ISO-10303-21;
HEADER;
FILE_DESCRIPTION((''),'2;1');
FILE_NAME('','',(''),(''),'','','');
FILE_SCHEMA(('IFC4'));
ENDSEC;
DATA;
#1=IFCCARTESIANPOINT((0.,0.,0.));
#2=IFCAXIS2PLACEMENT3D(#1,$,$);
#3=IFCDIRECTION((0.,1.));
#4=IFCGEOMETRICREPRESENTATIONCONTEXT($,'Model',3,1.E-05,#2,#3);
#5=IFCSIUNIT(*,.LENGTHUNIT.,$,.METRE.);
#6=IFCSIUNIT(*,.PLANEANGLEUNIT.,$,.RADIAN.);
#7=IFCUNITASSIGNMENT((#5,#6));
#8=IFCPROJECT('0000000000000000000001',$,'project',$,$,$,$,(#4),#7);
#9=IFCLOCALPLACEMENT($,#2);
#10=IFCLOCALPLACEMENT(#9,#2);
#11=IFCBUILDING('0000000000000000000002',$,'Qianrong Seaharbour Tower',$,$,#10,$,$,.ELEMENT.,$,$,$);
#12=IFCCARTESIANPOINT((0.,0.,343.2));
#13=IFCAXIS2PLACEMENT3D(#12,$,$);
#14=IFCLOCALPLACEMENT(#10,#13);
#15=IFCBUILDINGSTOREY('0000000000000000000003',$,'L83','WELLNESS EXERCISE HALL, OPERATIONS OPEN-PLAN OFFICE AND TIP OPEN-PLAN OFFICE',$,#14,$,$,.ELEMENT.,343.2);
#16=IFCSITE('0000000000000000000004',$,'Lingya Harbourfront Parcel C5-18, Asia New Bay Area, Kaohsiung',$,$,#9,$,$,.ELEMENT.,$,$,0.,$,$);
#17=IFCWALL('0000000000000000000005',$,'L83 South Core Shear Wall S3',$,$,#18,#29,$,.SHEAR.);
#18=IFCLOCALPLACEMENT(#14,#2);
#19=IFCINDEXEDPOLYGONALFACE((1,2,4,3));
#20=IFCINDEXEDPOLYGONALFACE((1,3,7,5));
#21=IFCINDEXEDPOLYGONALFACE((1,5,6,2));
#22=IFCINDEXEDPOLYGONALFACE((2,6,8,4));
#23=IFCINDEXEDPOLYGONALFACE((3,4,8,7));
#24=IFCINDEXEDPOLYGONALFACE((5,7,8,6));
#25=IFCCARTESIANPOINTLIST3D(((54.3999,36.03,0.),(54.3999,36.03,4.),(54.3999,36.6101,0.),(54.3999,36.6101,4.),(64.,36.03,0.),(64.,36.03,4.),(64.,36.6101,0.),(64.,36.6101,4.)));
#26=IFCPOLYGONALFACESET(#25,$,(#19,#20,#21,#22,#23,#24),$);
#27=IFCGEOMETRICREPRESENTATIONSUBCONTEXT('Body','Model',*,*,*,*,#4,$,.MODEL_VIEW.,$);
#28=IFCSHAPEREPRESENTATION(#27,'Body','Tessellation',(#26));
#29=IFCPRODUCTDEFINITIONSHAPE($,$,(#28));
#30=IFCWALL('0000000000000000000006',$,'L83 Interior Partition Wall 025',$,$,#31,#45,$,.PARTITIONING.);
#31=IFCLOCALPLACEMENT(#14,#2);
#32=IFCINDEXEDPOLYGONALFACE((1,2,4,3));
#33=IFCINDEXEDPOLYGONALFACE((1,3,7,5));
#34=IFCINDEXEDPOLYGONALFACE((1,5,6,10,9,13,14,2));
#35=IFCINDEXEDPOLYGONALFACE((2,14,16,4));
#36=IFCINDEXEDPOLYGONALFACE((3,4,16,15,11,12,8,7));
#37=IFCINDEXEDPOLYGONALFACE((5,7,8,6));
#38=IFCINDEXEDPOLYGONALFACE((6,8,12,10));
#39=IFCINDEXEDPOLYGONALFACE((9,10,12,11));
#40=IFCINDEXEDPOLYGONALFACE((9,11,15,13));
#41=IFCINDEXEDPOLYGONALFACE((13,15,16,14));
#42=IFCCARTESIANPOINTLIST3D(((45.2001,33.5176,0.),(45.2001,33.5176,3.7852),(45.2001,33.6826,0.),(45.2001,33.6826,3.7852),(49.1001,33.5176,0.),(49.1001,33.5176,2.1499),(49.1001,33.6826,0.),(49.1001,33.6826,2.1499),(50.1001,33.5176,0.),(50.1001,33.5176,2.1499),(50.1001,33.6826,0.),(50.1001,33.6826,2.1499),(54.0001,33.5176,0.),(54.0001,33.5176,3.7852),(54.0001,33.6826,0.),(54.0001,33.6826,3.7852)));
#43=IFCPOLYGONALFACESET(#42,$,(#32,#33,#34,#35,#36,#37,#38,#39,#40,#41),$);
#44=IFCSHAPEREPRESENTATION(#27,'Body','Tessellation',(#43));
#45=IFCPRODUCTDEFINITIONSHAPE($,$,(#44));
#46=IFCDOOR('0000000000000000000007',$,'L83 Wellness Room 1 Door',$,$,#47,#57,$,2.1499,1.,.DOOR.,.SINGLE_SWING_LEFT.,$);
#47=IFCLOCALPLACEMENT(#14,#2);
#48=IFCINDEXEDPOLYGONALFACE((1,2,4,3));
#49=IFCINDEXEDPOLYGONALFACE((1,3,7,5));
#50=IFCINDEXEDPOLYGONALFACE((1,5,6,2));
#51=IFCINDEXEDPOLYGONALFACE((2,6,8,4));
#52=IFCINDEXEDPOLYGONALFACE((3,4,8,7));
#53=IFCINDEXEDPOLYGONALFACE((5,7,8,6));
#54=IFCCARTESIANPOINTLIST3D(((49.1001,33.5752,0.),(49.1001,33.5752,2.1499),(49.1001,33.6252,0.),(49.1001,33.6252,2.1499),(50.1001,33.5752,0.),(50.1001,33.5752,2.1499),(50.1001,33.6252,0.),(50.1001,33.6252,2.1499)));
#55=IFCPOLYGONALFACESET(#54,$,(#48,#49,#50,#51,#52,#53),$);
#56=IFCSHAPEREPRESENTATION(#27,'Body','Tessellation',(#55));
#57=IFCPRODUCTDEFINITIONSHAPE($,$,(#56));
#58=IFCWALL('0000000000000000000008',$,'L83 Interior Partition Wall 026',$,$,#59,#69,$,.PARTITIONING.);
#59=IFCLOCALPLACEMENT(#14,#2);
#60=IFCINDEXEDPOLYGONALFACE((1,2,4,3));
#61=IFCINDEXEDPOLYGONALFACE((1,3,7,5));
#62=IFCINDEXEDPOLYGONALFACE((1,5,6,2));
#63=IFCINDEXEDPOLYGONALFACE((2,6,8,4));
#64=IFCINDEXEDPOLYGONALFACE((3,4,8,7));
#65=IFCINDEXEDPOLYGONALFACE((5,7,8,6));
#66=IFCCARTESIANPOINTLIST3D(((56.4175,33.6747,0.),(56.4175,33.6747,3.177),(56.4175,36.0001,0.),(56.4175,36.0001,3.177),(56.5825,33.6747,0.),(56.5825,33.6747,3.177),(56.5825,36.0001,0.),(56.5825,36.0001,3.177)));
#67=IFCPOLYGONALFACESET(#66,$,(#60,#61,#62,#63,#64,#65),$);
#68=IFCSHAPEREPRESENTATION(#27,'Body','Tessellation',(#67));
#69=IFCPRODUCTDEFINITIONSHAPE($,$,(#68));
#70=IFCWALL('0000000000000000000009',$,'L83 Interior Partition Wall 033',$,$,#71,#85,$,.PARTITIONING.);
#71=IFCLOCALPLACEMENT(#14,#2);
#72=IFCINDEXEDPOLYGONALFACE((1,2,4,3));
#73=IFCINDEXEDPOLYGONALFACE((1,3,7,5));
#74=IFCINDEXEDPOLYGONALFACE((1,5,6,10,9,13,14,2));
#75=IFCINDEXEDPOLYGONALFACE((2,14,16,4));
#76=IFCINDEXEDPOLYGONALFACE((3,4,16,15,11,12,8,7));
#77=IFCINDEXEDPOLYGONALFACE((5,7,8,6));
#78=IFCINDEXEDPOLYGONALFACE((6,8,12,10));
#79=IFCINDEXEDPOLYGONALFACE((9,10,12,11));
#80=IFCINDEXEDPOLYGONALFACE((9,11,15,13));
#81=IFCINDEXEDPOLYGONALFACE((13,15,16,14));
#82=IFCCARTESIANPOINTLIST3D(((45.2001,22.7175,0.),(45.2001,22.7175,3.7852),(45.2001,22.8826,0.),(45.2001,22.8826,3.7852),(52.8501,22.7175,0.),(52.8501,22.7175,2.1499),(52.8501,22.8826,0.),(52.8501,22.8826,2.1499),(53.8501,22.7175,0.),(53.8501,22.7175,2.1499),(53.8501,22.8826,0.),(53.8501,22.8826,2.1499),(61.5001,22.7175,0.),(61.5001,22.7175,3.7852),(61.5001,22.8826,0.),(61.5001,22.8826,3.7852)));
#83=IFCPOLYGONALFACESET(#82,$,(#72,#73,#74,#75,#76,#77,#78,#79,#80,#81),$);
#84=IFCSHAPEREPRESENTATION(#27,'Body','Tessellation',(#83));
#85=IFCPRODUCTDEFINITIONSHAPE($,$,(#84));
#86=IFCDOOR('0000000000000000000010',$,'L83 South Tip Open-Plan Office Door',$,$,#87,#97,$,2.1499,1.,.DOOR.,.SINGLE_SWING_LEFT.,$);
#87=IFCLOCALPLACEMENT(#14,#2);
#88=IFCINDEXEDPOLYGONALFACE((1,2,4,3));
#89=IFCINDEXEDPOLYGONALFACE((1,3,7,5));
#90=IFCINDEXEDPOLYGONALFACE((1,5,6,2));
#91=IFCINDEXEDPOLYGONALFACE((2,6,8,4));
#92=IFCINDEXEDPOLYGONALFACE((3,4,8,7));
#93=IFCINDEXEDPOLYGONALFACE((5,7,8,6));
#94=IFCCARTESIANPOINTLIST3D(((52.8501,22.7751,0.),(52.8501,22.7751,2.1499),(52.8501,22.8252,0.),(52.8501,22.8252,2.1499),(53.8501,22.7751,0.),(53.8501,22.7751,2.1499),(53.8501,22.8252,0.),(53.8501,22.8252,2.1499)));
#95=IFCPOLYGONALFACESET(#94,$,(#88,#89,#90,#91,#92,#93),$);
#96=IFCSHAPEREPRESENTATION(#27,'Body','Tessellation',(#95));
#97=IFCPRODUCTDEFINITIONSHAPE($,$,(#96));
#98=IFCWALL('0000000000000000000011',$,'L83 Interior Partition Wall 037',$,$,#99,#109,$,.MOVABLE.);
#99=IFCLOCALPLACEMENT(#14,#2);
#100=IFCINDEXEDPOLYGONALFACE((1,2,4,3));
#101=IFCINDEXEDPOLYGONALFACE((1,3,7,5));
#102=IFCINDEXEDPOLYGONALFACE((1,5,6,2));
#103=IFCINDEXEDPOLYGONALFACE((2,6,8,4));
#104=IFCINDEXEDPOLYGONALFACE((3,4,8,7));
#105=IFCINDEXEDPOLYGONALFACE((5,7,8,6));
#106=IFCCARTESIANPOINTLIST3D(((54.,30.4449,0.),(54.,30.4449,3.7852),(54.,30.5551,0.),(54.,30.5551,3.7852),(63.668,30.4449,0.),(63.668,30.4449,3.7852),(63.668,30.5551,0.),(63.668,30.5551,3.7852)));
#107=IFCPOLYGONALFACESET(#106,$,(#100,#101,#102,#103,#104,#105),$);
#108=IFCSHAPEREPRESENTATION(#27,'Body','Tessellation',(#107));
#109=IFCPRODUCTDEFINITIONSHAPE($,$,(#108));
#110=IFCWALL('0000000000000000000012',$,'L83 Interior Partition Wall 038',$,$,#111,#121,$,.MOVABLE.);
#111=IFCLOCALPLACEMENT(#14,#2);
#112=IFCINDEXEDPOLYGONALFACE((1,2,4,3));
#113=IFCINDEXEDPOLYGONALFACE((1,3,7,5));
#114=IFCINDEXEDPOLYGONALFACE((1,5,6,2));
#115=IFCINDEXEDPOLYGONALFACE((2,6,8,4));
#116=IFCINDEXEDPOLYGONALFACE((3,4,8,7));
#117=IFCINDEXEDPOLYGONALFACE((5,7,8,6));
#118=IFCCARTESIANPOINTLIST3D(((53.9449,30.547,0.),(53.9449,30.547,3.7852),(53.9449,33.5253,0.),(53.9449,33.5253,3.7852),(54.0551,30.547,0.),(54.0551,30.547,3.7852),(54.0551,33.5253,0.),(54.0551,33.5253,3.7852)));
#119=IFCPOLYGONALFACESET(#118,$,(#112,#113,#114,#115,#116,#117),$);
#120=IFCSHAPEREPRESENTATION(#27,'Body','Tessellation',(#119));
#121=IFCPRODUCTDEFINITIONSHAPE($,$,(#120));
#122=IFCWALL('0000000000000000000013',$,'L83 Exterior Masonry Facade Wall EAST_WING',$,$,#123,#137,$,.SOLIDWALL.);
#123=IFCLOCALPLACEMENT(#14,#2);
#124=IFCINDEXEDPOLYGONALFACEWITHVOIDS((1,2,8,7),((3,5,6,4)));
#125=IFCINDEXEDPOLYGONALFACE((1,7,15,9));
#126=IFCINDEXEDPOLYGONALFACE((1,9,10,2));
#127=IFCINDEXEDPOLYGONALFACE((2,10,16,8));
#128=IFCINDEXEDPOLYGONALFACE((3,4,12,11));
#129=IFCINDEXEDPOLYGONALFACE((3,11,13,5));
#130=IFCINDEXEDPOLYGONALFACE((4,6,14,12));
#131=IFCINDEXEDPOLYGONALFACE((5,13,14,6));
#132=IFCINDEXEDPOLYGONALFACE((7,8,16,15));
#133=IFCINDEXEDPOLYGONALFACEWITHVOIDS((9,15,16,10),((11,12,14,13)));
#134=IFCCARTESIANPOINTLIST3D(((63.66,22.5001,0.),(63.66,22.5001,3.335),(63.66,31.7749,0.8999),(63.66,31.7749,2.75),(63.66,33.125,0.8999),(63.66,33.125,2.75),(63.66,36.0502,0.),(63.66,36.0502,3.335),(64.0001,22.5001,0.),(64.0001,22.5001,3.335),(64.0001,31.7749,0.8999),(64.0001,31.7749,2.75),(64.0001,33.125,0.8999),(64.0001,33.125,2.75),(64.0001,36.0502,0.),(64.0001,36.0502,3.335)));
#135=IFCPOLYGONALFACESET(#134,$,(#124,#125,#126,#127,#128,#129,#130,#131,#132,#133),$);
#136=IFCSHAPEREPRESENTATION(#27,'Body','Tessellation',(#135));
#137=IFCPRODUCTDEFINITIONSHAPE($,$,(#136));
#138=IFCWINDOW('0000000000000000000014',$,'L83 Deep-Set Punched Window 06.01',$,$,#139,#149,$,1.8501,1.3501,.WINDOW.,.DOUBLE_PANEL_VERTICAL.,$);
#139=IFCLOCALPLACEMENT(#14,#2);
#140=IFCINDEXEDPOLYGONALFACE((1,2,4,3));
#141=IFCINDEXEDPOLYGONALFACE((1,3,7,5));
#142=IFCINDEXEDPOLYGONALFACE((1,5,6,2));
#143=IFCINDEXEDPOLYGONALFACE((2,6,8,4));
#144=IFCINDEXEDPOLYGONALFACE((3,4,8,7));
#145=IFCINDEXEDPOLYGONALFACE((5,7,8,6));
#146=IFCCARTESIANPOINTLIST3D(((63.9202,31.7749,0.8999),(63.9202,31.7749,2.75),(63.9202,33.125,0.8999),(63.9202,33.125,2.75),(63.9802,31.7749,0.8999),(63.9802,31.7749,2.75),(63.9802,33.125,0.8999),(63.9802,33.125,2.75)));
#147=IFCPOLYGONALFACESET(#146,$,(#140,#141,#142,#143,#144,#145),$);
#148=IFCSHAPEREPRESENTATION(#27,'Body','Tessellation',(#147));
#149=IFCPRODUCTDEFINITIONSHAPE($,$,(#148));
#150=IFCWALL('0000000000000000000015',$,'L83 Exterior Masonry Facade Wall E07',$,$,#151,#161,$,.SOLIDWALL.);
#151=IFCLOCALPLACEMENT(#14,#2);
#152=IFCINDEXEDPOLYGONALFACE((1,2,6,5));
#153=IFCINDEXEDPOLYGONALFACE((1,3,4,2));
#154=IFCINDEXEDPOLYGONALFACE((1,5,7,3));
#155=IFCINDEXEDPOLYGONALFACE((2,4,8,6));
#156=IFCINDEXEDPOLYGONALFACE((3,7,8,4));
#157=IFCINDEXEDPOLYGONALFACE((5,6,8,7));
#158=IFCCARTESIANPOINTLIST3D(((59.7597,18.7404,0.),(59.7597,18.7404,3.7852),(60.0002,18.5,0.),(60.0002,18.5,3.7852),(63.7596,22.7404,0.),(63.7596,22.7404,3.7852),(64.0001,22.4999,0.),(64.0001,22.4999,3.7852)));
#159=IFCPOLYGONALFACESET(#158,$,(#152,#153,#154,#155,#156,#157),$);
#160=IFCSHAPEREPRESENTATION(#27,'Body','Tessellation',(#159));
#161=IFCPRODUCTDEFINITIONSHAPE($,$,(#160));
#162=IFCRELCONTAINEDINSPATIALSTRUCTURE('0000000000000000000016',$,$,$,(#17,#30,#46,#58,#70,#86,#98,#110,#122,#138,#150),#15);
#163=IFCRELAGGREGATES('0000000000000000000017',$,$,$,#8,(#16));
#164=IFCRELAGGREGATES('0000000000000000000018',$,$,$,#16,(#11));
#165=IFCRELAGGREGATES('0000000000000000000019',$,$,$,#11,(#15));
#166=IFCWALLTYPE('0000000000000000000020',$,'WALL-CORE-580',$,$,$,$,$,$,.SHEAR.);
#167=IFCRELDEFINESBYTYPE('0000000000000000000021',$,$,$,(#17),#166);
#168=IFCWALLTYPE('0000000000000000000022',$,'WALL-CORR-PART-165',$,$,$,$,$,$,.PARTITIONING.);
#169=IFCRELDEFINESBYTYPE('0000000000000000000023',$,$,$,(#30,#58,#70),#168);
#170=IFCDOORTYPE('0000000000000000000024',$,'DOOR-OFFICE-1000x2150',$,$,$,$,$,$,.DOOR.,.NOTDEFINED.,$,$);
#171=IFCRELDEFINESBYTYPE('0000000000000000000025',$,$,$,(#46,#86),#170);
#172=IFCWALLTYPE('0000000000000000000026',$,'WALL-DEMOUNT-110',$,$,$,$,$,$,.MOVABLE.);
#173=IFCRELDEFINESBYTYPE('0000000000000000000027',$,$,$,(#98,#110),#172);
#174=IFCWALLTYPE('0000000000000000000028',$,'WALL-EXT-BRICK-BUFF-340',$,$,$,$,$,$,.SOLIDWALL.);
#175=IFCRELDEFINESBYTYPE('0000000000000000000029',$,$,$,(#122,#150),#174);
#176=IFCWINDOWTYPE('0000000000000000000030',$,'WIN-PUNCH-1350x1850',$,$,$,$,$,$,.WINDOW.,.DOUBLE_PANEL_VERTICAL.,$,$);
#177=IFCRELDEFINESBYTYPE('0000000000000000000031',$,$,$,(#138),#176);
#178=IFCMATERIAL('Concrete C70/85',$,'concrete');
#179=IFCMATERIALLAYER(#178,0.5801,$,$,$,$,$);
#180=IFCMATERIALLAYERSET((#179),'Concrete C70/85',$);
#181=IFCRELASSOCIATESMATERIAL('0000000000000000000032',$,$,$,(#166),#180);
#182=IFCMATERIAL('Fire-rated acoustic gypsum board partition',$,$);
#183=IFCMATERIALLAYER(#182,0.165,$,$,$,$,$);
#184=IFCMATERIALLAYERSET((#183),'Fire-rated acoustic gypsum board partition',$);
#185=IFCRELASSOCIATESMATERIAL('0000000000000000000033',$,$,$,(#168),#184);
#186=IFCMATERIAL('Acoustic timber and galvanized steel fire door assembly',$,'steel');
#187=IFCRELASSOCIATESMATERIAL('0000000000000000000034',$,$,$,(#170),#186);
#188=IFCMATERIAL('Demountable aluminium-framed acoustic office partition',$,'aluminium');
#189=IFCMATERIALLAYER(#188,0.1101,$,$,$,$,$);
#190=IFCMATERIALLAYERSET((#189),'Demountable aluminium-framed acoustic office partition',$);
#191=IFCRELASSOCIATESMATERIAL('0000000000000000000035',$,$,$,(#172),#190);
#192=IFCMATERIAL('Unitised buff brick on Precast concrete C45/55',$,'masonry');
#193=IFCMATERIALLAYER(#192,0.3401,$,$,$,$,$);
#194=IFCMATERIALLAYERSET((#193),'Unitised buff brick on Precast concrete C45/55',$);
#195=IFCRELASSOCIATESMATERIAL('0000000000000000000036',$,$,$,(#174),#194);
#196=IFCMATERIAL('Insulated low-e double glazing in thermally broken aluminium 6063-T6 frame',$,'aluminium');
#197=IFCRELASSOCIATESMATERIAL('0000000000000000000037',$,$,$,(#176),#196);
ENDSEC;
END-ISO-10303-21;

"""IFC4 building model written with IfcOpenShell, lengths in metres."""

from ifc_helpers import new_model, si_unit, direction, frame, frame_2d, origin, place, context, subcontext, project, spatial, rectangle, extrude, material, layer, layer_set, type_object, element, fill, save


model = new_model("IFC4")

# Units and contexts
model_context = context("Model", 3, precision=1e-05, world=origin(), true_north=direction((0.0, 1.0)))
body_context = subcontext(model_context, "Body", "Model", "MODEL_VIEW")
ifc_project = project(units=[si_unit("LENGTHUNIT", "METRE"), si_unit("PLANEANGLEUNIT", "RADIAN")], contexts=[model_context])

# Site, building, storey
site_placement = place(None, origin())
site = spatial("IfcSite", under=ifc_project, at=site_placement, Name="Lingya Harbourfront Parcel C5-18, Asia New Bay Area, Kaohsiung", CompositionType="ELEMENT", RefElevation=0.0)
building_placement = place(site_placement, origin())
building = spatial("IfcBuilding", under=site, at=building_placement, Name="Qianrong Seaharbour Tower", CompositionType="ELEMENT")
storey_placement = place(building_placement, frame((0.0, 0.0, 343.2)))
storey = spatial("IfcBuildingStorey", under=building, at=storey_placement, Name="L83", Description="WELLNESS EXERCISE HALL, OPERATIONS OPEN-PLAN OFFICE AND TIP OPEN-PLAN OFFICE", CompositionType="ELEMENT", Elevation=343.2)

# Wall
ifc_material_1 = material(Name="Concrete C70/85", Category="concrete")
ifc_layer_1 = layer(ifc_material_1, 0.5801)
ifc_layer_set_1 = layer_set([ifc_layer_1], Name="Concrete C70/85")
wall_type_1 = type_object("IfcWallType", Name="WALL-CORE-580", PredefinedType="SHEAR", material=ifc_layer_set_1)
wall_1_placement = place(storey_placement, frame((54.3999, 36.3201, 0.0), z_axis=(0.0, 0.0, 1.0), x_axis=(1.0, 0.0, 0.0)))
element("IfcWall", 1, at=wall_1_placement, inside=storey, type_object=wall_type_1, Name="L83 South Core Shear Wall S3", PredefinedType="SHEAR", context=body_context, shape_type="SweptSolid", body=[
    extrude(rectangle(XDim=9.6001, YDim=0.5801, at=frame_2d((4.8, 0.0))), origin(), (0.0, 0.0, 1.0), 4.0),
])

# Wall, opening, door
ifc_material_2 = material(Name="Fire-rated acoustic gypsum board partition")
ifc_layer_2 = layer(ifc_material_2, 0.165)
ifc_layer_set_2 = layer_set([ifc_layer_2], Name="Fire-rated acoustic gypsum board partition")
wall_type_2 = type_object("IfcWallType", Name="WALL-CORR-PART-165", PredefinedType="PARTITIONING", material=ifc_layer_set_2)
wall_2_placement = place(storey_placement, frame((54.0, 33.6001, 0.0), z_axis=(0.0, 0.0, 1.0), x_axis=(-1.0, 0.0, 0.0)))
wall_2 = element("IfcWall", 2, at=wall_2_placement, inside=storey, type_object=wall_type_2, Name="L83 Interior Partition Wall 025", PredefinedType="PARTITIONING", context=body_context, shape_type="SweptSolid", body=[
    extrude(rectangle(XDim=8.8, YDim=0.165, at=frame_2d((4.3999, 0.0))), origin(), (0.0, 0.0, 1.0), 3.7852),
])
opening_1_placement = place(wall_2_placement, frame((3.8999, 0.0, 0.0)))
opening_1 = element("IfcOpeningElement", 3, at=opening_1_placement, cuts=wall_2, PredefinedType="OPENING", context=body_context, shape_type="SweptSolid", body=[
    extrude(rectangle(XDim=1.0, YDim=2.1499, at=frame_2d((0.5, 1.075))), frame((0.0, 0.0925, 0.0), z_axis=(0.0, -1.0, 0.0), x_axis=(1.0, 0.0, 0.0)), (0.0, 0.0, 1.0), 0.1851),
])
ifc_material_3 = material(Name="Acoustic timber and galvanized steel fire door assembly", Category="steel")
door_type = type_object("IfcDoorType", Name="DOOR-OFFICE-1000x2150", OperationType="NOTDEFINED", PredefinedType="DOOR", material=ifc_material_3)
door_1_placement = place(opening_1_placement, origin())
door_1 = element("IfcDoor", 4, at=door_1_placement, inside=storey, type_object=door_type, Name="L83 Wellness Room 1 Door", OperationType="SINGLE_SWING_LEFT", OverallHeight=2.1499, OverallWidth=1.0, PredefinedType="DOOR", context=body_context, shape_type="SweptSolid", body=[
    extrude(rectangle(XDim=1.0, YDim=2.1499, at=frame_2d((0.5, 1.075))), frame((0.0, 0.0249, 0.0), z_axis=(0.0, -1.0, 0.0), x_axis=(1.0, 0.0, 0.0)), (0.0, 0.0, 1.0), 0.05),
])
fill(opening_1, door_1)

# Wall
wall_3_placement = place(storey_placement, frame((56.5, 36.0, 0.0), z_axis=(0.0, 0.0, 1.0), x_axis=(0.0, -1.0, 0.0)))
element("IfcWall", 5, at=wall_3_placement, inside=storey, type_object=wall_type_2, Name="L83 Interior Partition Wall 026", PredefinedType="PARTITIONING", context=body_context, shape_type="SweptSolid", body=[
    extrude(rectangle(XDim=2.3254, YDim=0.165, at=frame_2d((1.1626, 0.0))), origin(), (0.0, 0.0, 1.0), 3.177),
])

# Wall, opening, door
wall_4_placement = place(storey_placement, frame((61.5, 22.8, 0.0), z_axis=(0.0, 0.0, 1.0), x_axis=(-1.0, 0.0, 0.0)))
wall_4 = element("IfcWall", 6, at=wall_4_placement, inside=storey, type_object=wall_type_2, Name="L83 Interior Partition Wall 033", PredefinedType="PARTITIONING", context=body_context, shape_type="SweptSolid", body=[
    extrude(rectangle(XDim=16.3, YDim=0.165, at=frame_2d((8.1499, 0.0))), origin(), (0.0, 0.0, 1.0), 3.7852),
])
opening_2_placement = place(wall_4_placement, frame((7.6499, 0.0, 0.0)))
opening_2 = element("IfcOpeningElement", 7, at=opening_2_placement, cuts=wall_4, PredefinedType="OPENING", context=body_context, shape_type="SweptSolid", body=[
    extrude(rectangle(XDim=1.0, YDim=2.1499, at=frame_2d((0.5, 1.075))), frame((0.0, 0.0925, 0.0), z_axis=(0.0, -1.0, 0.0), x_axis=(1.0, 0.0, 0.0)), (0.0, 0.0, 1.0), 0.1851),
])
door_2_placement = place(opening_2_placement, origin())
door_2 = element("IfcDoor", 8, at=door_2_placement, inside=storey, type_object=door_type, Name="L83 South Tip Open-Plan Office Door", OperationType="SINGLE_SWING_LEFT", OverallHeight=2.1499, OverallWidth=1.0, PredefinedType="DOOR", context=body_context, shape_type="SweptSolid", body=[
    extrude(rectangle(XDim=1.0, YDim=2.1499, at=frame_2d((0.5, 1.075))), frame((0.0, 0.0249, 0.0), z_axis=(0.0, -1.0, 0.0), x_axis=(1.0, 0.0, 0.0)), (0.0, 0.0, 1.0), 0.05),
])
fill(opening_2, door_2)

# Walls
ifc_material_4 = material(Name="Demountable aluminium-framed acoustic office partition", Category="aluminium")
ifc_layer_3 = layer(ifc_material_4, 0.1101)
ifc_layer_set_3 = layer_set([ifc_layer_3], Name="Demountable aluminium-framed acoustic office partition")
wall_type_3 = type_object("IfcWallType", Name="WALL-DEMOUNT-110", PredefinedType="MOVABLE", material=ifc_layer_set_3)
wall_5_placement = place(storey_placement, frame((54.0, 30.5, 0.0), z_axis=(0.0, 0.0, 1.0), x_axis=(1.0, 0.0, 0.0)))
element("IfcWall", 9, at=wall_5_placement, inside=storey, type_object=wall_type_3, Name="L83 Interior Partition Wall 037", PredefinedType="MOVABLE", context=body_context, shape_type="SweptSolid", body=[
    extrude(rectangle(XDim=9.668, YDim=0.1101, at=frame_2d((4.834, 0.0))), origin(), (0.0, 0.0, 1.0), 3.7852),
])
wall_6_placement = place(storey_placement, frame((54.0, 33.5254, 0.0), z_axis=(0.0, 0.0, 1.0), x_axis=(0.0, -1.0, 0.0)))
element("IfcWall", 10, at=wall_6_placement, inside=storey, type_object=wall_type_3, Name="L83 Interior Partition Wall 038", PredefinedType="MOVABLE", context=body_context, shape_type="SweptSolid", body=[
    extrude(rectangle(XDim=2.9783, YDim=0.1101, at=frame_2d((1.4893, 0.0))), origin(), (0.0, 0.0, 1.0), 3.7852),
])

# Wall, opening, window
ifc_material_5 = material(Name="Unitised buff brick on Precast concrete C45/55", Category="masonry")
ifc_layer_4 = layer(ifc_material_5, 0.3401)
ifc_layer_set_4 = layer_set([ifc_layer_4], Name="Unitised buff brick on Precast concrete C45/55")
wall_type_4 = type_object("IfcWallType", Name="WALL-EXT-BRICK-BUFF-340", PredefinedType="SOLIDWALL", material=ifc_layer_set_4)
wall_7_placement = place(storey_placement, frame((63.8301, 36.05, 0.0), z_axis=(0.0, 0.0, 1.0), x_axis=(0.0, -1.0, 0.0)))
wall_7 = element("IfcWall", 11, at=wall_7_placement, inside=storey, type_object=wall_type_4, Name="L83 Exterior Masonry Facade Wall EAST_WING", PredefinedType="SOLIDWALL", context=body_context, shape_type="SweptSolid", body=[
    extrude(rectangle(XDim=13.55, YDim=0.3401, at=frame_2d((6.7749, 0.0))), origin(), (0.0, 0.0, 1.0), 3.335),
])
opening_3_placement = place(wall_7_placement, frame((2.925, 0.0, 0.8999)))
opening_3 = element("IfcOpeningElement", 12, at=opening_3_placement, cuts=wall_7, PredefinedType="OPENING", context=body_context, shape_type="SweptSolid", body=[
    extrude(rectangle(XDim=1.3501, YDim=1.8501, at=frame_2d((0.675, 0.925))), frame((0.0, 0.1802, 0.0), z_axis=(0.0, -1.0, 0.0), x_axis=(1.0, 0.0, 0.0)), (0.0, 0.0, 1.0), 0.3601),
])
ifc_material_6 = material(Name="Insulated low-e double glazing in thermally broken aluminium 6063-T6 frame", Category="aluminium")
window_type = type_object("IfcWindowType", Name="WIN-PUNCH-1350x1850", PartitioningType="DOUBLE_PANEL_VERTICAL", PredefinedType="WINDOW", material=ifc_material_6)
window_1_placement = place(opening_3_placement, origin())
window_1 = element("IfcWindow", 13, at=window_1_placement, inside=storey, type_object=window_type, Name="L83 Deep-Set Punched Window 06.01", OverallHeight=1.8501, OverallWidth=1.3501, PartitioningType="DOUBLE_PANEL_VERTICAL", PredefinedType="WINDOW", context=body_context, shape_type="SweptSolid", body=[
    extrude(rectangle(XDim=1.3501, YDim=1.8501, at=frame_2d((0.675, 0.925))), frame((0.0, 0.1501, 0.0), z_axis=(0.0, -1.0, 0.0), x_axis=(1.0, 0.0, 0.0)), (0.0, 0.0, 1.0), 0.0601),
])
fill(opening_3, window_1)

# Wall
wall_8_placement = place(storey_placement, frame((63.8799, 22.6201, 0.0), z_axis=(0.0, 0.0, 1.0), x_axis=(-0.707107, -0.707107, 0.0)))
element("IfcWall", 14, at=wall_8_placement, inside=storey, type_object=wall_type_4, Name="L83 Exterior Masonry Facade Wall E07", PredefinedType="SOLIDWALL", context=body_context, shape_type="SweptSolid", body=[
    extrude(rectangle(XDim=5.6567, YDim=0.3401, at=frame_2d((2.8284, 0.0))), origin(), (0.0, 0.0, 1.0), 3.7852),
])

save(model, "model.ifc")
